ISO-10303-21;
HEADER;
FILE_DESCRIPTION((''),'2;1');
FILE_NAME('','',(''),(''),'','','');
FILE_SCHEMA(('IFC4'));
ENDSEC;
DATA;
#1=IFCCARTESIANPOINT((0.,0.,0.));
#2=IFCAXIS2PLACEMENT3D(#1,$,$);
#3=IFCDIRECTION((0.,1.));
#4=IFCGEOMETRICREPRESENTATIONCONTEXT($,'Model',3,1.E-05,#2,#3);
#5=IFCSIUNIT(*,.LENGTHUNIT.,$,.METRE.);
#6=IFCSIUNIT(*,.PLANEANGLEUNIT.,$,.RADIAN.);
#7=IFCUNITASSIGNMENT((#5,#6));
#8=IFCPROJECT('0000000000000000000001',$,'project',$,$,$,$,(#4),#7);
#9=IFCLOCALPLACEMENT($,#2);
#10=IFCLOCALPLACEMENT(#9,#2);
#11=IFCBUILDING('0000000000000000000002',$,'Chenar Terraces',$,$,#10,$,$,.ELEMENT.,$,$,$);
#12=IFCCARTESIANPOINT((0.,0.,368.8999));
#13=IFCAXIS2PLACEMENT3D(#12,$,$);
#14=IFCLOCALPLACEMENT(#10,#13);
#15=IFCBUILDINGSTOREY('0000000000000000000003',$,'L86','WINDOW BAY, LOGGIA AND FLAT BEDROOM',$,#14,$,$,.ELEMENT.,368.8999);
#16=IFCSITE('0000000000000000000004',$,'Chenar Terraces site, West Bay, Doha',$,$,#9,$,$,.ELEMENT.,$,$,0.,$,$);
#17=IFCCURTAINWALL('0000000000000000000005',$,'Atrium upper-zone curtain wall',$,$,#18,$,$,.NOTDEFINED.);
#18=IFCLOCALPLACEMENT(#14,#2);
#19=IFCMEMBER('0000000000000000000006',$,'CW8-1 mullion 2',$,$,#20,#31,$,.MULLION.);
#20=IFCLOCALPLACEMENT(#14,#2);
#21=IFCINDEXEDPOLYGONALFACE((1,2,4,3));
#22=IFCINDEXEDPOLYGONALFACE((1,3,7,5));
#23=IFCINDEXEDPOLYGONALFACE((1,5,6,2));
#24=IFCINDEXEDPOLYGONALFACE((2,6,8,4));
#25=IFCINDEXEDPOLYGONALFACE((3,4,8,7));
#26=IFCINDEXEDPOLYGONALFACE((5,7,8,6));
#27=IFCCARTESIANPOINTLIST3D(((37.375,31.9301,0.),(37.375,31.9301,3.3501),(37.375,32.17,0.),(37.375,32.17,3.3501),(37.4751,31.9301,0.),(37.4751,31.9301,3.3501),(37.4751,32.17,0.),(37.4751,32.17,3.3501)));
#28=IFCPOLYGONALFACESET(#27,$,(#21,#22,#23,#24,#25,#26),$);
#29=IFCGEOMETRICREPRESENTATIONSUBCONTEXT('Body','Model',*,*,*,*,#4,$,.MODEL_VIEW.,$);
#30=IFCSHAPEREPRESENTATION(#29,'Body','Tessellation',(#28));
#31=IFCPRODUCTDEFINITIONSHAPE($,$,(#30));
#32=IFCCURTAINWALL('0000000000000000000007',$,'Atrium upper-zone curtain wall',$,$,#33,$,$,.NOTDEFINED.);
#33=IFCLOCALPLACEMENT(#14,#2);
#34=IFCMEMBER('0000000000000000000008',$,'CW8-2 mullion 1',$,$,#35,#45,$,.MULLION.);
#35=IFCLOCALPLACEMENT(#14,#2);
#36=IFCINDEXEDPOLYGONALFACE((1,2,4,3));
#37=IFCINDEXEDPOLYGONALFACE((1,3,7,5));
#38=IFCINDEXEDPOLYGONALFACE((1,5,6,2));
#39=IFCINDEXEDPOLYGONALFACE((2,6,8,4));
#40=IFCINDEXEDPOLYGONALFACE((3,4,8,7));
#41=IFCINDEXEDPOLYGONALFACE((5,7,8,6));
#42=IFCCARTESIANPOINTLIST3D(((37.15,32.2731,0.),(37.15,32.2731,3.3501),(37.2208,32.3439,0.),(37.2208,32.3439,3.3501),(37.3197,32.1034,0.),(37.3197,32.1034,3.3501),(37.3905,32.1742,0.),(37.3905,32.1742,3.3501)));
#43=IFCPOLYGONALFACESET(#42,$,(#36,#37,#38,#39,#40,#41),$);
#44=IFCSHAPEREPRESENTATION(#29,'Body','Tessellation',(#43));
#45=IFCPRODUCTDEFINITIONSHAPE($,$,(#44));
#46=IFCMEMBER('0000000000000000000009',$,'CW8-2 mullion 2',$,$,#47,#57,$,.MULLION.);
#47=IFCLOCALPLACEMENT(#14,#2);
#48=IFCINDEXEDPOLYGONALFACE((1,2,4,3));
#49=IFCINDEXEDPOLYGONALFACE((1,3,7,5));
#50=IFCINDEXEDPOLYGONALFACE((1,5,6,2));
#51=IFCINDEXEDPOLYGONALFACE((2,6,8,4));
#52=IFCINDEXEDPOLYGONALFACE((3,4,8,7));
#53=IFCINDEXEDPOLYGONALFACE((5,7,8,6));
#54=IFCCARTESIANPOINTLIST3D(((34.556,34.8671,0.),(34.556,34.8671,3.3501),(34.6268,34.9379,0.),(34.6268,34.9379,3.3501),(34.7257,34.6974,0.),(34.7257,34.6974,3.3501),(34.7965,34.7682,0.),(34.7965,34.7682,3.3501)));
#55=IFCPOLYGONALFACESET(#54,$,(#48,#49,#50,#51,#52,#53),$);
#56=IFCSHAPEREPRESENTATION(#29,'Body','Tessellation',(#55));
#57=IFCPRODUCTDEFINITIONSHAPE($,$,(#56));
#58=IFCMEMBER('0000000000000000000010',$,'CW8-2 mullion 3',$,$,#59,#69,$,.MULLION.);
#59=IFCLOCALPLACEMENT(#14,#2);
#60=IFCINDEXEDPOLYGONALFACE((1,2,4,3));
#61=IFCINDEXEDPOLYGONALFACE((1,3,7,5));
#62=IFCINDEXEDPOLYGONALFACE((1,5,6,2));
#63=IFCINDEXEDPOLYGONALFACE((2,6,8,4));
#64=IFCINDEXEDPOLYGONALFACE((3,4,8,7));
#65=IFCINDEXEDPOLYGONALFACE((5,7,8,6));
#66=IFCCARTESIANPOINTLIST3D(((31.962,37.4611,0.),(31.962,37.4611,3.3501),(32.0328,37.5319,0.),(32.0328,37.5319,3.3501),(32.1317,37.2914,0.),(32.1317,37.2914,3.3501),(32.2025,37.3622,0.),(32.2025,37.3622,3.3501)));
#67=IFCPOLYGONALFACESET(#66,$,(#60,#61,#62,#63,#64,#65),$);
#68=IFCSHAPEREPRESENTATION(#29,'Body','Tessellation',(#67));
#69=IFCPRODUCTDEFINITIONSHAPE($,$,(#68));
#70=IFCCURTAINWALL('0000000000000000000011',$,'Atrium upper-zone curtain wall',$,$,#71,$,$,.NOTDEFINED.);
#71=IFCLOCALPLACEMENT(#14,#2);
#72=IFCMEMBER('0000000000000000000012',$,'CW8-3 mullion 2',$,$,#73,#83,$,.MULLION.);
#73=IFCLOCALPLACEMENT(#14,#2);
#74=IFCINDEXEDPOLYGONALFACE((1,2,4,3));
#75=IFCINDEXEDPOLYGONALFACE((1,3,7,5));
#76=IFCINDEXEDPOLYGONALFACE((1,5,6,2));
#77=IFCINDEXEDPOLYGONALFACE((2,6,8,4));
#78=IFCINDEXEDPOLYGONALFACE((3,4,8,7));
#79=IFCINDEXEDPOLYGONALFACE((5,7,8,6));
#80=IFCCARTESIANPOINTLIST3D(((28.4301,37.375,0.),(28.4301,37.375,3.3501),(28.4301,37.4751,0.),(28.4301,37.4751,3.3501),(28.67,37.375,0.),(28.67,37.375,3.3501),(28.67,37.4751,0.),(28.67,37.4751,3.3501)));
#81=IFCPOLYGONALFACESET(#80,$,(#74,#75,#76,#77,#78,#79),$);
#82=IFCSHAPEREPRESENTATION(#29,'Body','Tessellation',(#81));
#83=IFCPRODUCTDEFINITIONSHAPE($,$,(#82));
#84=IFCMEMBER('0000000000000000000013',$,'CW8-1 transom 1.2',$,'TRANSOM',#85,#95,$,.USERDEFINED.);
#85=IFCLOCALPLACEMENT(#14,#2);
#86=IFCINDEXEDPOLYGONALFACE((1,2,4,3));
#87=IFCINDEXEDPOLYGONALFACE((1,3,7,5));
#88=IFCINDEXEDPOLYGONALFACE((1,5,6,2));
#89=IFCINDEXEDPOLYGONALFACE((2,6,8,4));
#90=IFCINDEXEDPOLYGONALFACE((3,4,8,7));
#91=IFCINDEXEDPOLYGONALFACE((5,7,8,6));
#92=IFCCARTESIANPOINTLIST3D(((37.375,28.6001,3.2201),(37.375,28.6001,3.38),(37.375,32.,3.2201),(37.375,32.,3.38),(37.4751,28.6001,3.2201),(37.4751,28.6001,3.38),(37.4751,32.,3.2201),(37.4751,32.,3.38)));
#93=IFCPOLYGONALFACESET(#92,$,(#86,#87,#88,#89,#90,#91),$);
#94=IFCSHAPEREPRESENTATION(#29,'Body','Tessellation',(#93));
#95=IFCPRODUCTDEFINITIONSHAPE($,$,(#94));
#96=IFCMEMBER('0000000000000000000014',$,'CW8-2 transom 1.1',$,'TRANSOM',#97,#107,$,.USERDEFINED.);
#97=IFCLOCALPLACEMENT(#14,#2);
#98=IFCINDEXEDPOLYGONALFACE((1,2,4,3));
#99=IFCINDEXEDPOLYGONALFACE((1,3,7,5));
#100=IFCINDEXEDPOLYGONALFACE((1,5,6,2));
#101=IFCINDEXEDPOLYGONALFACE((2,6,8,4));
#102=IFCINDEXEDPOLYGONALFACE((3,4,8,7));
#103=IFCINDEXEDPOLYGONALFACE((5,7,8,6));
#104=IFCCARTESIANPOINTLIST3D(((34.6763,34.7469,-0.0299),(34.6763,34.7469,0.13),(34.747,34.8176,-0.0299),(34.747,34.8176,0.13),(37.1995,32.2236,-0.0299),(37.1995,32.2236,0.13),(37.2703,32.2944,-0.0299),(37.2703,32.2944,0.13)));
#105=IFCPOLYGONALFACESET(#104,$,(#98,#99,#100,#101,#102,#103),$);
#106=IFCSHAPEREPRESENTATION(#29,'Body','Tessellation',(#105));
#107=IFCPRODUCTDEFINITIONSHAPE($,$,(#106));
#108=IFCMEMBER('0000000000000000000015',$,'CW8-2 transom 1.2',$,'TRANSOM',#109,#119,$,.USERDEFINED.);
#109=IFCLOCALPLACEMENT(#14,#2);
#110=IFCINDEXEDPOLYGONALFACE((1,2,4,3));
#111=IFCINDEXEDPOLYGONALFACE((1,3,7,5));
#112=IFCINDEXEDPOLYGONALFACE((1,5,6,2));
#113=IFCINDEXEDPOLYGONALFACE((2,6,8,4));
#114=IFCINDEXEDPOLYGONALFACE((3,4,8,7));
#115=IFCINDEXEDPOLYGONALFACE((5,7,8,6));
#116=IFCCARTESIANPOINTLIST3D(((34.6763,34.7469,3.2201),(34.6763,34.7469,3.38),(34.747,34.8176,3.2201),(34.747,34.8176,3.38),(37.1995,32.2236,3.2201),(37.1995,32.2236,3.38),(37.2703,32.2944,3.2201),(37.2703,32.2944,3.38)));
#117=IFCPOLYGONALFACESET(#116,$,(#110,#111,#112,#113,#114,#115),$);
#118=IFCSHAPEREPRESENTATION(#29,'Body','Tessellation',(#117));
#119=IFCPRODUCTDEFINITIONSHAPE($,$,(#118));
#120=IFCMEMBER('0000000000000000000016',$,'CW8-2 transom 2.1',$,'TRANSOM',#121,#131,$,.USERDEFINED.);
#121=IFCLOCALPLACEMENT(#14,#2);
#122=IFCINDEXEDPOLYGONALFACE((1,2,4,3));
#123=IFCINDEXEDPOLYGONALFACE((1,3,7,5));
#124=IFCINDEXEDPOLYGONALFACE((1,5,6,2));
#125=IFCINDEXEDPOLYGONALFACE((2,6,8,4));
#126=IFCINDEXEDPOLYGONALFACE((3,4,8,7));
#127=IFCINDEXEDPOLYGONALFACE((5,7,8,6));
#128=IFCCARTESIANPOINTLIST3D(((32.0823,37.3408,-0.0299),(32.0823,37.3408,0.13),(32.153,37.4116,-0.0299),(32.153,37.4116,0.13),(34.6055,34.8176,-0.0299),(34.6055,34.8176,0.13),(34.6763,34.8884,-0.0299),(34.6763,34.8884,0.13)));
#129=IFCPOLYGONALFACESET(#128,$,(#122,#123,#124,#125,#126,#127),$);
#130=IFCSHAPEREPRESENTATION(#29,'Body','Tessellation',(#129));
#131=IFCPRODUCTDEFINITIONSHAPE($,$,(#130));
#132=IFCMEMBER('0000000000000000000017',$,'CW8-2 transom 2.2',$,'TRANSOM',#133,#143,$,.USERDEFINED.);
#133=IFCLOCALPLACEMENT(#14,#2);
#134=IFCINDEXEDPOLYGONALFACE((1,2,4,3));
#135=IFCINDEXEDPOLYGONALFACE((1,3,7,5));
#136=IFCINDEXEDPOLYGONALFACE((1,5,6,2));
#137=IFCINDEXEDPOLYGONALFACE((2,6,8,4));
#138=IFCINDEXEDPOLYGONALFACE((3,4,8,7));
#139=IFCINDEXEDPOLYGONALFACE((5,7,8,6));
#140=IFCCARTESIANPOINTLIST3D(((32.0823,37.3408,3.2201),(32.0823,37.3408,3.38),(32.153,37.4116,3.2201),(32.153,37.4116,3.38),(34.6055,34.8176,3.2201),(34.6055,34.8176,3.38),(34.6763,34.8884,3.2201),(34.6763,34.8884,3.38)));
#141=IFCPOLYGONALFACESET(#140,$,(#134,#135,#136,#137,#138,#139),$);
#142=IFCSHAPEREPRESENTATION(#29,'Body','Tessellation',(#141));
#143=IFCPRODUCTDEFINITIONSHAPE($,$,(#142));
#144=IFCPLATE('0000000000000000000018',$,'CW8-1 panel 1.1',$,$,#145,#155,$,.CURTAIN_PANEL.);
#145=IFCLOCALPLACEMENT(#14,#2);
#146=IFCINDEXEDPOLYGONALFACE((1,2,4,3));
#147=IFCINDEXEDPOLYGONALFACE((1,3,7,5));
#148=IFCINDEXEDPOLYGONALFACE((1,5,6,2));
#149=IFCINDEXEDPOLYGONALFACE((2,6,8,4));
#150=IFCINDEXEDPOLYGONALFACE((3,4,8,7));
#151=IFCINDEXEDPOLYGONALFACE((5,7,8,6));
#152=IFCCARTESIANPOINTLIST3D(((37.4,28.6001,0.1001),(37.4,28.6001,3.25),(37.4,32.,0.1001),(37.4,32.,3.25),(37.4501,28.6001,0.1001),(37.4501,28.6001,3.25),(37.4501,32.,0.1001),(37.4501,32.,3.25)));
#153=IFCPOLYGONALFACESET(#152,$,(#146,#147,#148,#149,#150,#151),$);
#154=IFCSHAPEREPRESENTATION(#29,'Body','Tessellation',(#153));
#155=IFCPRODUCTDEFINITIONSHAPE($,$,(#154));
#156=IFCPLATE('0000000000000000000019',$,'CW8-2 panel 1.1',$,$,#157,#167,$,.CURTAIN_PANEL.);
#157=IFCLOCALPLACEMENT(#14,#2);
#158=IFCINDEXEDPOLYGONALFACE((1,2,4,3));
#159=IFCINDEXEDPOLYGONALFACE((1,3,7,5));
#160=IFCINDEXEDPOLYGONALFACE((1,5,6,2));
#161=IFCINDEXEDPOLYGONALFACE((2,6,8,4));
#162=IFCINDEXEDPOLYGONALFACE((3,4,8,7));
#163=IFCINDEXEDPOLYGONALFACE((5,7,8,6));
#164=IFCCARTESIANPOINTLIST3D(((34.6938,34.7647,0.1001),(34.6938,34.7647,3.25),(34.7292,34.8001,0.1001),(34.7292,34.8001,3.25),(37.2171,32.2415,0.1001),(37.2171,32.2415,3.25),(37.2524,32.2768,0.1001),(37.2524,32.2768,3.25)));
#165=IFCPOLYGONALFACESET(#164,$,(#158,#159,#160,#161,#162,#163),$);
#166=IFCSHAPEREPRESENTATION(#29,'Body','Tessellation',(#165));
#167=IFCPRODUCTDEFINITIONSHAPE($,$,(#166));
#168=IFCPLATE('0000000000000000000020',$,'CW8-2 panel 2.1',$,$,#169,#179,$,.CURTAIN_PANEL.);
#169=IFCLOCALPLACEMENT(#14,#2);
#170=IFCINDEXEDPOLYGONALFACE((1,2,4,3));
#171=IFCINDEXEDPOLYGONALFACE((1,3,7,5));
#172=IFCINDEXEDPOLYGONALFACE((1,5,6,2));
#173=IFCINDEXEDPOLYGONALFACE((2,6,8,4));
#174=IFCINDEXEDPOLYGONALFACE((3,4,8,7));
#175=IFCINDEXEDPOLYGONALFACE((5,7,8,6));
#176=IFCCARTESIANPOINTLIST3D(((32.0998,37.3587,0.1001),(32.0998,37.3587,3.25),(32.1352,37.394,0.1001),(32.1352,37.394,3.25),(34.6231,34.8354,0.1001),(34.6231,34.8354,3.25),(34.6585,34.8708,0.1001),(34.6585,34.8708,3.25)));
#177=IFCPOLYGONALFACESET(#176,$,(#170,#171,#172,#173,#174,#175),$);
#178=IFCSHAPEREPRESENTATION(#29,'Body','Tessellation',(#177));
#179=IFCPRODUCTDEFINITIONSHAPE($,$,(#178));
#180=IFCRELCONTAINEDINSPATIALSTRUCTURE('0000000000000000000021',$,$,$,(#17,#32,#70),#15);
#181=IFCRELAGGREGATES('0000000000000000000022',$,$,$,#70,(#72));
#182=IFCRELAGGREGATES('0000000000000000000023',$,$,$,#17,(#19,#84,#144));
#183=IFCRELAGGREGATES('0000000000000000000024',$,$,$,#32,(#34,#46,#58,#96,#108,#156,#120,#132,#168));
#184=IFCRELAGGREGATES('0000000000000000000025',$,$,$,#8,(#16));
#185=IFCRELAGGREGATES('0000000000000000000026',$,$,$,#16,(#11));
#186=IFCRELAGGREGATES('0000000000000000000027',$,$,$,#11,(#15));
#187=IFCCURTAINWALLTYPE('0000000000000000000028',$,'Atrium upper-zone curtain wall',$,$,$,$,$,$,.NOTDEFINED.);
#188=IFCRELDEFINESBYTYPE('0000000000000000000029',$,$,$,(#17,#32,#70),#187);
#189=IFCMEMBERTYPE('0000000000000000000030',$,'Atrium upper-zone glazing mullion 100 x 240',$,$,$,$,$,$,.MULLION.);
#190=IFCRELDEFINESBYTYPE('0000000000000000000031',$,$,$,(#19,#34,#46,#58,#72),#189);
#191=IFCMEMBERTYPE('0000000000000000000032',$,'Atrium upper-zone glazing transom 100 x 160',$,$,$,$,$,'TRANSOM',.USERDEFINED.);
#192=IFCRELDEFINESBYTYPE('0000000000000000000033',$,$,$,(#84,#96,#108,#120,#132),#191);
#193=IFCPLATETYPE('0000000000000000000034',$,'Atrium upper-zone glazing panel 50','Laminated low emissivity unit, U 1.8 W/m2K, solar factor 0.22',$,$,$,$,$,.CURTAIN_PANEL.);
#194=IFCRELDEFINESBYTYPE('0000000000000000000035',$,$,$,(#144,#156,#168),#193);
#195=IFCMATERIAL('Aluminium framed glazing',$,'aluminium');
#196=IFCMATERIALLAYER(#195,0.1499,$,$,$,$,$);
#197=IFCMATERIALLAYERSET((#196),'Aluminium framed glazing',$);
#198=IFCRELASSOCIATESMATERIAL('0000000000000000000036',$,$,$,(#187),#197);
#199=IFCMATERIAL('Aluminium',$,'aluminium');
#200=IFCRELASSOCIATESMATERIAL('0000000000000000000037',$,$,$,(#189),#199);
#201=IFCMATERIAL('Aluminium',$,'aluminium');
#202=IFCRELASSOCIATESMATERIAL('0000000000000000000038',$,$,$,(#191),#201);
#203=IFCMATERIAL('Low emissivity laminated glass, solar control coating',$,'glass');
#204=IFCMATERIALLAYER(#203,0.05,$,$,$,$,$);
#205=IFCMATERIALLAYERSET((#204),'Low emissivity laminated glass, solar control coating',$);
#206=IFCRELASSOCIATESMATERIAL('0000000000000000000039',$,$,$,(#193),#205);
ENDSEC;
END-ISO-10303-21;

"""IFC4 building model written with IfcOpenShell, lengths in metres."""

from ifc_helpers import new_model, si_unit, direction, frame, origin, origin_2d, place, context, subcontext, project, spatial, rectangle, extrude, material, layer, layer_set, material_profile, profile_set, type_object, element, aggregate, save


model = new_model("IFC4")

# Units and contexts
model_context = context("Model", 3, precision=1e-05, world=origin(), true_north=direction((0.0, 1.0)))
body_context = subcontext(model_context, "Body", "Model", "MODEL_VIEW")
ifc_project = project(units=[si_unit("LENGTHUNIT", "METRE"), si_unit("PLANEANGLEUNIT", "RADIAN")], contexts=[model_context])

# Site, building, storey
site_placement = place(None, origin())
site = spatial("IfcSite", under=ifc_project, at=site_placement, Name="Chenar Terraces site, West Bay, Doha", CompositionType="ELEMENT", RefElevation=0.0)
building_placement = place(site_placement, origin())
building = spatial("IfcBuilding", under=site, at=building_placement, Name="Chenar Terraces", CompositionType="ELEMENT")
storey_placement = place(building_placement, frame((0.0, 0.0, 368.8999)))
storey = spatial("IfcBuildingStorey", under=building, at=storey_placement, Name="L86", Description="WINDOW BAY, LOGGIA AND FLAT BEDROOM", CompositionType="ELEMENT", Elevation=368.8999)

# Curtain wall, member
ifc_material_1 = material(Name="Aluminium framed glazing", Category="aluminium")
ifc_layer_1 = layer(ifc_material_1, 0.1499)
ifc_layer_set_1 = layer_set([ifc_layer_1], Name="Aluminium framed glazing")
curtain_wall_type = type_object("IfcCurtainWallType", Name="Atrium upper-zone curtain wall", PredefinedType="NOTDEFINED", material=ifc_layer_set_1)
placement = place(storey_placement, origin())
curtain_wall_1 = element("IfcCurtainWall", 1, at=placement, inside=storey, type_object=curtain_wall_type, Name="Atrium upper-zone curtain wall", PredefinedType="NOTDEFINED")
ifc_material_2 = material(Name="Aluminium", Category="aluminium")
ifc_material_profile_1 = material_profile(ifc_material_2, rectangle(XDim=0.1001, YDim=0.24, at=origin_2d()), Name="Atrium upper-zone glazing mullion 100 x 240")
ifc_profile_set_1 = profile_set([ifc_material_profile_1], Name="Aluminium")
member_type_1 = type_object("IfcMemberType", Name="Atrium upper-zone glazing mullion 100 x 240", PredefinedType="MULLION", material=ifc_profile_set_1)
member_1_placement = place(storey_placement, frame((37.425, 32.05, 0.0), z_axis=(0.0, 0.0, 1.0), x_axis=(-1.0, 0.0, 0.0)))
member_1 = element("IfcMember", 2, at=member_1_placement, type_object=member_type_1, Name="CW8-1 mullion 2", PredefinedType="MULLION", context=body_context, shape_type="SweptSolid", body=[
    extrude(rectangle(XDim=0.1001, YDim=0.24, at=origin_2d()), origin(), (0.0, 0.0, 1.0), 3.3501),
])

# Curtain wall, members
curtain_wall_2 = element("IfcCurtainWall", 3, at=placement, inside=storey, type_object=curtain_wall_type, Name="Atrium upper-zone curtain wall", PredefinedType="NOTDEFINED")
member_2_placement = place(storey_placement, frame((37.2703, 32.2236, 0.0), z_axis=(0.0, 0.0, 1.0), x_axis=(-0.707107, -0.707107, 0.0)))
member_2 = element("IfcMember", 4, at=member_2_placement, type_object=member_type_1, Name="CW8-2 mullion 1", PredefinedType="MULLION", context=body_context, shape_type="SweptSolid", body=[
    extrude(rectangle(XDim=0.1001, YDim=0.24, at=origin_2d()), origin(), (0.0, 0.0, 1.0), 3.3501),
])
member_3_placement = place(storey_placement, frame((34.6763, 34.8176, 0.0), z_axis=(0.0, 0.0, 1.0), x_axis=(-0.707107, -0.707107, 0.0)))
member_3 = element("IfcMember", 5, at=member_3_placement, type_object=member_type_1, Name="CW8-2 mullion 2", PredefinedType="MULLION", context=body_context, shape_type="SweptSolid", body=[
    extrude(rectangle(XDim=0.1001, YDim=0.24, at=origin_2d()), origin(), (0.0, 0.0, 1.0), 3.3501),
])
member_4_placement = place(storey_placement, frame((32.0823, 37.4116, 0.0), z_axis=(0.0, 0.0, 1.0), x_axis=(-0.707107, -0.707107, 0.0)))
member_4 = element("IfcMember", 6, at=member_4_placement, type_object=member_type_1, Name="CW8-2 mullion 3", PredefinedType="MULLION", context=body_context, shape_type="SweptSolid", body=[
    extrude(rectangle(XDim=0.1001, YDim=0.24, at=origin_2d()), origin(), (0.0, 0.0, 1.0), 3.3501),
])

# Curtain wall, member
curtain_wall_3 = element("IfcCurtainWall", 7, at=placement, inside=storey, type_object=curtain_wall_type, Name="Atrium upper-zone curtain wall", PredefinedType="NOTDEFINED")
member_5_placement = place(storey_placement, frame((28.55, 37.425, 0.0), z_axis=(0.0, 0.0, 1.0), x_axis=(0.0, -1.0, 0.0)))
member_5 = element("IfcMember", 8, at=member_5_placement, type_object=member_type_1, Name="CW8-3 mullion 2", PredefinedType="MULLION", context=body_context, shape_type="SweptSolid", body=[
    extrude(rectangle(XDim=0.1001, YDim=0.24, at=origin_2d()), origin(), (0.0, 0.0, 1.0), 3.3501),
])
aggregate(curtain_wall_3, [member_5])

# Members
ifc_material_3 = material(Name="Aluminium", Category="aluminium")
ifc_material_profile_2 = material_profile(ifc_material_3, rectangle(XDim=0.1001, YDim=0.1599, at=origin_2d()), Name="Atrium upper-zone glazing transom 100 x 160")
ifc_profile_set_2 = profile_set([ifc_material_profile_2], Name="Aluminium")
member_type_2 = type_object("IfcMemberType", Name="Atrium upper-zone glazing transom 100 x 160", ElementType="TRANSOM", PredefinedType="USERDEFINED", material=ifc_profile_set_2)
member_6_placement = place(storey_placement, frame((37.425, 28.6001, 3.3), z_axis=(0.0, 1.0, 0.0), x_axis=(-1.0, 0.0, 0.0)))
member_6 = element("IfcMember", 9, at=member_6_placement, type_object=member_type_2, Name="CW8-1 transom 1.2", ObjectType="TRANSOM", PredefinedType="USERDEFINED", context=body_context, shape_type="SweptSolid", body=[
    extrude(rectangle(XDim=0.1001, YDim=0.1599, at=origin_2d()), origin(), (0.0, 0.0, 1.0), 3.3999),
])
member_7_placement = place(storey_placement, frame((37.2349, 32.259, 0.05), z_axis=(-0.707107, 0.707107, 0.0), x_axis=(-0.707107, -0.707107, 0.0)))
member_7 = element("IfcMember", 10, at=member_7_placement, type_object=member_type_2, Name="CW8-2 transom 1.1", ObjectType="TRANSOM", PredefinedType="USERDEFINED", context=body_context, shape_type="SweptSolid", body=[
    extrude(rectangle(XDim=0.1001, YDim=0.1599, at=origin_2d()), origin(), (0.0, 0.0, 1.0), 3.5684),
])
member_8_placement = place(storey_placement, frame((37.2349, 32.259, 3.3), z_axis=(-0.707107, 0.707107, 0.0), x_axis=(-0.707107, -0.707107, 0.0)))
member_8 = element("IfcMember", 11, at=member_8_placement, type_object=member_type_2, Name="CW8-2 transom 1.2", ObjectType="TRANSOM", PredefinedType="USERDEFINED", context=body_context, shape_type="SweptSolid", body=[
    extrude(rectangle(XDim=0.1001, YDim=0.1599, at=origin_2d()), origin(), (0.0, 0.0, 1.0), 3.5684),
])
member_9_placement = place(storey_placement, frame((34.6409, 34.853, 0.05), z_axis=(-0.707107, 0.707107, 0.0), x_axis=(-0.707107, -0.707107, 0.0)))
member_9 = element("IfcMember", 12, at=member_9_placement, type_object=member_type_2, Name="CW8-2 transom 2.1", ObjectType="TRANSOM", PredefinedType="USERDEFINED", context=body_context, shape_type="SweptSolid", body=[
    extrude(rectangle(XDim=0.1001, YDim=0.1599, at=origin_2d()), origin(), (0.0, 0.0, 1.0), 3.5684),
])
member_10_placement = place(storey_placement, frame((34.6409, 34.853, 3.3), z_axis=(-0.707107, 0.707107, 0.0), x_axis=(-0.707107, -0.707107, 0.0)))
member_10 = element("IfcMember", 13, at=member_10_placement, type_object=member_type_2, Name="CW8-2 transom 2.2", ObjectType="TRANSOM", PredefinedType="USERDEFINED", context=body_context, shape_type="SweptSolid", body=[
    extrude(rectangle(XDim=0.1001, YDim=0.1599, at=origin_2d()), origin(), (0.0, 0.0, 1.0), 3.5684),
])

# Plates
ifc_material_4 = material(Name="Low emissivity laminated glass, solar control coating", Category="glass")
ifc_layer_2 = layer(ifc_material_4, 0.05)
ifc_layer_set_2 = layer_set([ifc_layer_2], Name="Low emissivity laminated glass, solar control coating")
plate_type = type_object("IfcPlateType", Name="Atrium upper-zone glazing panel 50", Description="Laminated low emissivity unit, U 1.8 W/m2K, solar factor 0.22", PredefinedType="CURTAIN_PANEL", material=ifc_layer_set_2)
plate_1_placement = place(storey_placement, frame((37.425, 30.3, 0.1001), z_axis=(0.0, 0.0, 1.0), x_axis=(0.0, 1.0, 0.0)))
plate_1 = element("IfcPlate", 14, at=plate_1_placement, type_object=plate_type, Name="CW8-1 panel 1.1", PredefinedType="CURTAIN_PANEL", context=body_context, shape_type="SweptSolid", body=[
    extrude(rectangle(XDim=3.3999, YDim=0.05, at=origin_2d()), origin(), (0.0, 0.0, 1.0), 3.1499),
])
aggregate(curtain_wall_1, [member_1, member_6, plate_1])
plate_2_placement = place(storey_placement, frame((35.9731, 33.5208, 0.1001), z_axis=(0.0, 0.0, 1.0), x_axis=(-0.707107, 0.707107, 0.0)))
plate_2 = element("IfcPlate", 15, at=plate_2_placement, type_object=plate_type, Name="CW8-2 panel 1.1", PredefinedType="CURTAIN_PANEL", context=body_context, shape_type="SweptSolid", body=[
    extrude(rectangle(XDim=3.5684, YDim=0.05, at=origin_2d()), origin(), (0.0, 0.0, 1.0), 3.1499),
])
plate_3_placement = place(storey_placement, frame((33.3792, 36.1147, 0.1001), z_axis=(0.0, 0.0, 1.0), x_axis=(-0.707107, 0.707107, 0.0)))
plate_3 = element("IfcPlate", 16, at=plate_3_placement, type_object=plate_type, Name="CW8-2 panel 2.1", PredefinedType="CURTAIN_PANEL", context=body_context, shape_type="SweptSolid", body=[
    extrude(rectangle(XDim=3.5684, YDim=0.05, at=origin_2d()), origin(), (0.0, 0.0, 1.0), 3.1499),
])
aggregate(curtain_wall_2, [member_2, member_3, member_4, member_7, member_8, plate_2, member_9, member_10, plate_3])

save(model, "model.ifc")
